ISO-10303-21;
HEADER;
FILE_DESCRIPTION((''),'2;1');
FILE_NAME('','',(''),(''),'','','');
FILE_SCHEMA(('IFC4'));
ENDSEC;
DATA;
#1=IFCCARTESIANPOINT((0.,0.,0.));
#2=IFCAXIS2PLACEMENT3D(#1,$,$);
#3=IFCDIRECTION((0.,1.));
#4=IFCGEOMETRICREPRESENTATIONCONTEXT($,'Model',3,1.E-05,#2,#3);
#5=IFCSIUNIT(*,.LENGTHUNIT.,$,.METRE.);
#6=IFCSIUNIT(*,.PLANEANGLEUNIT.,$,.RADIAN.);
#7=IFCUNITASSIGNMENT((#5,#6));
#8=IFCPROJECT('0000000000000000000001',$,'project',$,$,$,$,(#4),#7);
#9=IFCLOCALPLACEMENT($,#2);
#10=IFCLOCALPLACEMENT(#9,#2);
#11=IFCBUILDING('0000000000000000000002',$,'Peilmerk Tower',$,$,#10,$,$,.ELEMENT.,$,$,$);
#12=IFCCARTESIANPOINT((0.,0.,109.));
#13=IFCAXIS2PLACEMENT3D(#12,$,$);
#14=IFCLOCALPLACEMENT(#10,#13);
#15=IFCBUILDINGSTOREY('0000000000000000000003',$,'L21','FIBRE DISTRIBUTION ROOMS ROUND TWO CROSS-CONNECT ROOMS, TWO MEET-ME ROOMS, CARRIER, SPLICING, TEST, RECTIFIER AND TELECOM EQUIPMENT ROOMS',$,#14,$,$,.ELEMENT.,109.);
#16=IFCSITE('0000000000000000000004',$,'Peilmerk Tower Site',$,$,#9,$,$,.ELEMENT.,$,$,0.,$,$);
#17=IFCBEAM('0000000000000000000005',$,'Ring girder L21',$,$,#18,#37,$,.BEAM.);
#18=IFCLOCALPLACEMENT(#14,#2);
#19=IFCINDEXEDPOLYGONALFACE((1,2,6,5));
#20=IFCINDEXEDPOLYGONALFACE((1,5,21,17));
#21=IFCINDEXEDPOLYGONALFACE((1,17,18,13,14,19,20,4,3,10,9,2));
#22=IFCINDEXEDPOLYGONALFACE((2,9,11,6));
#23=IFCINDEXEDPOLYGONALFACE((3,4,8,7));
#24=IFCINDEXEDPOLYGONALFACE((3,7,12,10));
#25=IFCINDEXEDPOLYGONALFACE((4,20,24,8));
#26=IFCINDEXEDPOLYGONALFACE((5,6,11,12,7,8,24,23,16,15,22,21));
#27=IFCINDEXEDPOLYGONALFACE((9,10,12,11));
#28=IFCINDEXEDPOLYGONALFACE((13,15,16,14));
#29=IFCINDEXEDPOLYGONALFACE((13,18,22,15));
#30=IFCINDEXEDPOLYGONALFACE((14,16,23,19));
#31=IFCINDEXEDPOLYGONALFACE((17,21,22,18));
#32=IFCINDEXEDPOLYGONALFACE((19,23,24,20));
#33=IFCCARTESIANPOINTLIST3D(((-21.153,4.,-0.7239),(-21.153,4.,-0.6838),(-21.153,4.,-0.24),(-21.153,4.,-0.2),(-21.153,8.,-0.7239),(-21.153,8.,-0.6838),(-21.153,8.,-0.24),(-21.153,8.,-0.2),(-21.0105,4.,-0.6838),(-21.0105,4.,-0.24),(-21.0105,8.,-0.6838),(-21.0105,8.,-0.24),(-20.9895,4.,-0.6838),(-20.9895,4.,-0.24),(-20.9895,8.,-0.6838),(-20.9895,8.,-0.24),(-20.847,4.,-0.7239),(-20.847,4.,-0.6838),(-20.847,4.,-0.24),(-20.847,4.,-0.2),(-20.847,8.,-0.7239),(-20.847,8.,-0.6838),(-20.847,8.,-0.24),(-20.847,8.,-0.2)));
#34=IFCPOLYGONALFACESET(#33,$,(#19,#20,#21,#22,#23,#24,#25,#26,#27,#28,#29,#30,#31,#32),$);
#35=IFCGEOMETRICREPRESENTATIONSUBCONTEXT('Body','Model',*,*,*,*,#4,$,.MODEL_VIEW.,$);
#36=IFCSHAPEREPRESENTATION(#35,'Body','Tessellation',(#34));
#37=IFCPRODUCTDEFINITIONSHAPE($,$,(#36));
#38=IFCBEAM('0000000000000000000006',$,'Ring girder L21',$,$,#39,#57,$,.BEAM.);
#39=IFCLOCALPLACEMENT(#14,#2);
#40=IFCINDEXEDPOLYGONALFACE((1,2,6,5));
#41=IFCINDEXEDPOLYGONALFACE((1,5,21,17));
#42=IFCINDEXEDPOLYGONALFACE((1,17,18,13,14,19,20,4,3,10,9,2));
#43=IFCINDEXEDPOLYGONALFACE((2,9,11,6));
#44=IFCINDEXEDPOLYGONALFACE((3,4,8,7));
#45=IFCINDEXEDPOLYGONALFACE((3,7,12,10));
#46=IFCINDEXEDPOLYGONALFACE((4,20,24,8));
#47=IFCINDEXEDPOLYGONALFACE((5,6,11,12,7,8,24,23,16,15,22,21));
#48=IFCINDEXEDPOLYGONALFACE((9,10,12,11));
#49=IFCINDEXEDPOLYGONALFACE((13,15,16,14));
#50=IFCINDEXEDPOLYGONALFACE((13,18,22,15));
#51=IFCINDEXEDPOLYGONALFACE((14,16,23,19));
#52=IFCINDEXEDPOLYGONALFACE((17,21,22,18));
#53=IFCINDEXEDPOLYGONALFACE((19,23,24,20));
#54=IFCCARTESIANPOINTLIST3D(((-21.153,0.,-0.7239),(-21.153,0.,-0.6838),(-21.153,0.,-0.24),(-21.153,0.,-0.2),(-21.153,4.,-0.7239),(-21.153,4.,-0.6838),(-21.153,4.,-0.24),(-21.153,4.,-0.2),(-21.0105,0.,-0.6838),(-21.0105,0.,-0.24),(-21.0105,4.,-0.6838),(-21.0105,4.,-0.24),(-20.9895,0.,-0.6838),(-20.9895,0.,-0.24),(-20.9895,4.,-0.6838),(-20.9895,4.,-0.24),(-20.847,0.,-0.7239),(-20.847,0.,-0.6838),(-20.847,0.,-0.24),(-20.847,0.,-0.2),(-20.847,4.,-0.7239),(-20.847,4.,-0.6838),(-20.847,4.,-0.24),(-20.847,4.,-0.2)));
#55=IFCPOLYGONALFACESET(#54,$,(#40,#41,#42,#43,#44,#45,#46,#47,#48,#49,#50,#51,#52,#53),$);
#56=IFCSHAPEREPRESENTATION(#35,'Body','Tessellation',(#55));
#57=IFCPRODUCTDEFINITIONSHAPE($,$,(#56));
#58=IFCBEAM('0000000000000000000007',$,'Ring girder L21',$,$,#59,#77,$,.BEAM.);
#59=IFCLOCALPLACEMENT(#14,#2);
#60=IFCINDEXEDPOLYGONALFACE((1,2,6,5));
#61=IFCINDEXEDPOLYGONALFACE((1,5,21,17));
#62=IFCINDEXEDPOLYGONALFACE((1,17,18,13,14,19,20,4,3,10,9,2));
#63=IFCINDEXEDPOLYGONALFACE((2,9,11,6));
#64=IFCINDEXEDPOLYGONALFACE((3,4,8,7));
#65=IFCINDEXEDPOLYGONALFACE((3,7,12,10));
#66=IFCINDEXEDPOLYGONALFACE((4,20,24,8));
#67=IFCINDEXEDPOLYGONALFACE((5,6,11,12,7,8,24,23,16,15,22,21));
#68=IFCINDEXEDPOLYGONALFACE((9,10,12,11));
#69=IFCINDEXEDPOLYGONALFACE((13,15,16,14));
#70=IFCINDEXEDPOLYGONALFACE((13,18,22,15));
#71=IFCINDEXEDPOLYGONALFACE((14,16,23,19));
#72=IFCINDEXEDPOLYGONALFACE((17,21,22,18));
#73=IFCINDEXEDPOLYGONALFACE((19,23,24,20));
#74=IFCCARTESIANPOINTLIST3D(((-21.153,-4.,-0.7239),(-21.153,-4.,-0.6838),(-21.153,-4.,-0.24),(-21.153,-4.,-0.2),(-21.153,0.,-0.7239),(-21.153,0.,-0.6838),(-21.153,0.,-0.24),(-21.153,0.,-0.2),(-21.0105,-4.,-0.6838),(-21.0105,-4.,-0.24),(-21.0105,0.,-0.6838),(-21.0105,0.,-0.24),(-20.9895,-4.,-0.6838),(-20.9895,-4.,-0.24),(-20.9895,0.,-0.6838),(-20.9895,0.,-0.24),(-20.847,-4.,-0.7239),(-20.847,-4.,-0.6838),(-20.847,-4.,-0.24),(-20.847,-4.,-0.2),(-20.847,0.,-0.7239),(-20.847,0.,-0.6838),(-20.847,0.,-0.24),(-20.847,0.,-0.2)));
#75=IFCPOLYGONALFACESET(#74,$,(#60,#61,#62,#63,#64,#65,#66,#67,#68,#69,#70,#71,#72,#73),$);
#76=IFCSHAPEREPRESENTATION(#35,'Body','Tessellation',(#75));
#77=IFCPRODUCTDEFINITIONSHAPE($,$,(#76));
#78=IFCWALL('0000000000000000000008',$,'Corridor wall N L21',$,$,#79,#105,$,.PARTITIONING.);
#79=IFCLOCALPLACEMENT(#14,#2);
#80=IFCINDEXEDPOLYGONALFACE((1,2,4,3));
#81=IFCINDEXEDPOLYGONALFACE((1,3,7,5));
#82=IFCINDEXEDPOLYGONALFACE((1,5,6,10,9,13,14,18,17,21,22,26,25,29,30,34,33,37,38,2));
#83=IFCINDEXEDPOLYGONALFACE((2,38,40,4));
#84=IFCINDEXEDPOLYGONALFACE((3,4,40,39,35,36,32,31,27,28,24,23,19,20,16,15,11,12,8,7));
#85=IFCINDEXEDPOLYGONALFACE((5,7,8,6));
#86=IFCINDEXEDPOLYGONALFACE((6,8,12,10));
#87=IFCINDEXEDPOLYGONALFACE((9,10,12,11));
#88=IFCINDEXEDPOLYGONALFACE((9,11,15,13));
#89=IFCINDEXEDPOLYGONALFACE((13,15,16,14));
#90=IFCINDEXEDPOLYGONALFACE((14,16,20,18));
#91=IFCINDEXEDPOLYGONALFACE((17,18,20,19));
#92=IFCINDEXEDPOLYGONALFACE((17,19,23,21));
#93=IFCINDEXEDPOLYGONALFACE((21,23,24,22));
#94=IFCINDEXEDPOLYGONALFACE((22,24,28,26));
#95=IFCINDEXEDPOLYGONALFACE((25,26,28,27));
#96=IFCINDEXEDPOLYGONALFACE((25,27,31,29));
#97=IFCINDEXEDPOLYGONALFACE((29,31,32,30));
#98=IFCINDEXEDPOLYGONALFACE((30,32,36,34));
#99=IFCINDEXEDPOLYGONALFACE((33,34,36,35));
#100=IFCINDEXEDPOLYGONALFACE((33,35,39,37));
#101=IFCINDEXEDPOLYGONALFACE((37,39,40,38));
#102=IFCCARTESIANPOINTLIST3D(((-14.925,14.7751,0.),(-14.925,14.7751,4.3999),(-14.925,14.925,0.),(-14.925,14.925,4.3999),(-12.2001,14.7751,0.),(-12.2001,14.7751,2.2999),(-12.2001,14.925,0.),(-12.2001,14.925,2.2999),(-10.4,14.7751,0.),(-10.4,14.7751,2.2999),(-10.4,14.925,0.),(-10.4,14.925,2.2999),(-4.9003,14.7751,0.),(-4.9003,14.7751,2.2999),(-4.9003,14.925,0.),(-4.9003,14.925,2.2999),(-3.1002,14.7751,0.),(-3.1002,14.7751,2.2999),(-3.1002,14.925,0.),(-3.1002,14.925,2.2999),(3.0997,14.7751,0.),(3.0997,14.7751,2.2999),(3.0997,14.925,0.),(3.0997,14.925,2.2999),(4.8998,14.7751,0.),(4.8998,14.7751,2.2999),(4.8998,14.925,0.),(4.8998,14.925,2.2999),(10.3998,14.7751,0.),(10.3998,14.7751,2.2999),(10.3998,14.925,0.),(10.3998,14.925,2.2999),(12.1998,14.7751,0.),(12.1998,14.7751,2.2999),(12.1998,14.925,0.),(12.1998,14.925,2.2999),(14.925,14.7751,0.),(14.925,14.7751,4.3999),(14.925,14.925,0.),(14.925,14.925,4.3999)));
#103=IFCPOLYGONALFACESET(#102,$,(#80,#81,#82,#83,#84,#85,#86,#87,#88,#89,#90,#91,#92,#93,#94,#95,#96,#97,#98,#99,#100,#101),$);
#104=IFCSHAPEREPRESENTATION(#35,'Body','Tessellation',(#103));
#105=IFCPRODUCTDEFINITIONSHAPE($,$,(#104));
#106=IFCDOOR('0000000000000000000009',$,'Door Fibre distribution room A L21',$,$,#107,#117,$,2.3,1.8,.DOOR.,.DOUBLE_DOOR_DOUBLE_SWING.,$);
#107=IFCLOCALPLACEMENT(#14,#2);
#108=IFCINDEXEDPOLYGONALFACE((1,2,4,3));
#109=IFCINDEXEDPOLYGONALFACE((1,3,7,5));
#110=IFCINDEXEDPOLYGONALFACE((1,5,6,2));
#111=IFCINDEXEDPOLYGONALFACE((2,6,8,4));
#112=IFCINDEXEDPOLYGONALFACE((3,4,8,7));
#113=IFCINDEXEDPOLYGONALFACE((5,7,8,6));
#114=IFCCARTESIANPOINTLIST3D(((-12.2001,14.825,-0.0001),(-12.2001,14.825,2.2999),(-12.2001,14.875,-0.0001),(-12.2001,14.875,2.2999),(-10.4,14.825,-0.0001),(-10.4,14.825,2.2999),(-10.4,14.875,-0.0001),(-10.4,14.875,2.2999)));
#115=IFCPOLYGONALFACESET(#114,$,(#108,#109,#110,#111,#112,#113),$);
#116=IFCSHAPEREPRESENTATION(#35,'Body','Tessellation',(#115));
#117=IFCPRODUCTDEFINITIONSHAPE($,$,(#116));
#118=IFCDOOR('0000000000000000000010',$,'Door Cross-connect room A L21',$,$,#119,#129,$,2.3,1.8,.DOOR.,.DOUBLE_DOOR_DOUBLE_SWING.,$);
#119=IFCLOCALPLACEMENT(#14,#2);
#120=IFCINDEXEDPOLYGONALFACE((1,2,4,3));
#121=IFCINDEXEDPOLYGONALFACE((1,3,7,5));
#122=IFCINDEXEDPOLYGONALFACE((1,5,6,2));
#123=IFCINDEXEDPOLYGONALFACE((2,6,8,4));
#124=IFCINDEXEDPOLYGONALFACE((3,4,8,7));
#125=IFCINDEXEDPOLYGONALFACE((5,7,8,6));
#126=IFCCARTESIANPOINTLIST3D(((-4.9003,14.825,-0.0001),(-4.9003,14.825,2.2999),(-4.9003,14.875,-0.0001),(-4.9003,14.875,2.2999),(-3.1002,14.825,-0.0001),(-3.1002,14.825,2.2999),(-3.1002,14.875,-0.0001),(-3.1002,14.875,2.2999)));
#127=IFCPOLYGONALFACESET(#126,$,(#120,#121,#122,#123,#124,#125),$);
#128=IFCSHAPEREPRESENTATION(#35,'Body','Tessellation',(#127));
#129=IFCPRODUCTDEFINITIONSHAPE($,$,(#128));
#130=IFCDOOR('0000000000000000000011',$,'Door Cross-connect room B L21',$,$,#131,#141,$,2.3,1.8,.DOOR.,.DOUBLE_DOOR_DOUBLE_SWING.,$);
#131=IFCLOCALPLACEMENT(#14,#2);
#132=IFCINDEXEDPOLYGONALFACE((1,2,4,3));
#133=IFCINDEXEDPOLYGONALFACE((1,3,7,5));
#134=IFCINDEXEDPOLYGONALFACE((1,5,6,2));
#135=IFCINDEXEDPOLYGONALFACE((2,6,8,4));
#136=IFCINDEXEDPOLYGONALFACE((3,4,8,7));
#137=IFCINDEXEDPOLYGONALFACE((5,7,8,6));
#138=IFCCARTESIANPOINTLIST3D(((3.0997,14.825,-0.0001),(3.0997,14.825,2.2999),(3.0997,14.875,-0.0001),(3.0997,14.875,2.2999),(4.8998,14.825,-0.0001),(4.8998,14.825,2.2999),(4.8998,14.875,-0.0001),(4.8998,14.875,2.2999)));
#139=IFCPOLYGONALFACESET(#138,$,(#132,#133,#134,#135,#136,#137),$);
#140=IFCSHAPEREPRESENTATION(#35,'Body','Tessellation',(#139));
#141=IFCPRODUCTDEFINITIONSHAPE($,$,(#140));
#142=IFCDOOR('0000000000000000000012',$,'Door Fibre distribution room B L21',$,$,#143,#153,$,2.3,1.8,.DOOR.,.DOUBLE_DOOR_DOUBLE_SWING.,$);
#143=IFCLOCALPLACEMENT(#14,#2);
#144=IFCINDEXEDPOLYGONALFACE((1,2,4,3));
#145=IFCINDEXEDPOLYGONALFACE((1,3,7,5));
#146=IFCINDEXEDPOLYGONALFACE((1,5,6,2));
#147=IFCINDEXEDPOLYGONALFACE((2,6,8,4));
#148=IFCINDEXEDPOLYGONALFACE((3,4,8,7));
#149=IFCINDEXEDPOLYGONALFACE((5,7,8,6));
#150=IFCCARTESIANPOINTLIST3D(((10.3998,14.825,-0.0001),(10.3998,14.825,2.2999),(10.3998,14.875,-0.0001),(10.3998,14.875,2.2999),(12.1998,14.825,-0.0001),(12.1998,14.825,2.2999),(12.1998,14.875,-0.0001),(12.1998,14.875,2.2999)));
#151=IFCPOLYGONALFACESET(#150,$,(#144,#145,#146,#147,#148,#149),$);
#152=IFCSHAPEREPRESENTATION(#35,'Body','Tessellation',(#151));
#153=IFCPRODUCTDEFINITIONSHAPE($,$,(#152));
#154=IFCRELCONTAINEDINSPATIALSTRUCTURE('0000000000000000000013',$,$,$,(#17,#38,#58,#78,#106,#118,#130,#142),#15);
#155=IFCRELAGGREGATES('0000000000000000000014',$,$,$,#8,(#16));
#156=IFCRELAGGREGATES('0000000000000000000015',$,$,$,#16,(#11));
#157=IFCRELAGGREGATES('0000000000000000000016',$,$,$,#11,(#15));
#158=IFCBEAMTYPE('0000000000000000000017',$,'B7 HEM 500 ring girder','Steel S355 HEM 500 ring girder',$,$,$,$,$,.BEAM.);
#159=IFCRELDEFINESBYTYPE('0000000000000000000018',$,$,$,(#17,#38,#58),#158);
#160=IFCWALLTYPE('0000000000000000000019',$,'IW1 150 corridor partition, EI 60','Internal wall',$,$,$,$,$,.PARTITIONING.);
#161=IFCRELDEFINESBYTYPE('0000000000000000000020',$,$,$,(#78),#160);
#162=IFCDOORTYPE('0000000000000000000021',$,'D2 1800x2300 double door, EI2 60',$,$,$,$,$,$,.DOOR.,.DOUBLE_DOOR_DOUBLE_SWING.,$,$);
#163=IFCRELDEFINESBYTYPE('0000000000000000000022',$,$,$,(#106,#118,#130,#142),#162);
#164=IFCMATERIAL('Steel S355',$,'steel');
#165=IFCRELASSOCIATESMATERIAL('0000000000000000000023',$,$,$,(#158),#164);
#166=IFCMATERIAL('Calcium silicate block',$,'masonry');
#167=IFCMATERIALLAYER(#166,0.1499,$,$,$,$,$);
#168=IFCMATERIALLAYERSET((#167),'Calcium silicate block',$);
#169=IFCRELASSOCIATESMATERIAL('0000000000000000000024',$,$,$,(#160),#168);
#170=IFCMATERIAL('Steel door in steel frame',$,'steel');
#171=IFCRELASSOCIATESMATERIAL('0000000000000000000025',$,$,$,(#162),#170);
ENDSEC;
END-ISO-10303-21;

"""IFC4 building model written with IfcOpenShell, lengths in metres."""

from ifc_helpers import new_model, si_unit, direction, frame, frame_2d, origin, origin_2d, place, context, subcontext, project, spatial, rectangle, i_section, extrude, material, layer, layer_set, material_profile, profile_set, type_object, element, fill, save


model = new_model("IFC4")

# Units and contexts
model_context = context("Model", 3, precision=1e-05, world=origin(), true_north=direction((0.0, 1.0)))
body_context = subcontext(model_context, "Body", "Model", "MODEL_VIEW")
ifc_project = project(units=[si_unit("LENGTHUNIT", "METRE"), si_unit("PLANEANGLEUNIT", "RADIAN")], contexts=[model_context])

# Site, building, storey
site_placement = place(None, origin())
site = spatial("IfcSite", under=ifc_project, at=site_placement, Name="Peilmerk Tower Site", CompositionType="ELEMENT", RefElevation=0.0)
building_placement = place(site_placement, origin())
building = spatial("IfcBuilding", under=site, at=building_placement, Name="Peilmerk Tower", CompositionType="ELEMENT")
storey_placement = place(building_placement, frame((0.0, 0.0, 109.0)))
storey = spatial("IfcBuildingStorey", under=building, at=storey_placement, Name="L21", Description="FIBRE DISTRIBUTION ROOMS ROUND TWO CROSS-CONNECT ROOMS, TWO MEET-ME ROOMS, CARRIER, SPLICING, TEST, RECTIFIER AND TELECOM EQUIPMENT ROOMS", CompositionType="ELEMENT", Elevation=109.0)

# Beams
ifc_material_1 = material(Name="Steel S355", Category="steel")
ifc_material_profile_1 = material_profile(ifc_material_1, i_section(OverallWidth=0.3059, OverallDepth=0.5239, WebThickness=0.021, FlangeThickness=0.04, at=origin_2d()), Name="HEM 500")
ifc_profile_set_1 = profile_set([ifc_material_profile_1], Name="Steel S355")
beam_type_1 = type_object("IfcBeamType", Name="B7 HEM 500 ring girder", Description="Steel S355 HEM 500 ring girder", PredefinedType="BEAM", material=ifc_profile_set_1)
for number, where, z_axis, x_axis, name in (
    (1, (-21.0, 8.0, -0.4619), (0.0, -1.0, 0.0), (1.0, 0.0, 0.0), "Ring girder L21"),
    (2, (-21.0, 4.0, -0.4619), (0.0, -1.0, 0.0), (1.0, 0.0, 0.0), "Ring girder L21"),
    (3, (-21.0, 0.0, -0.4619), (0.0, -1.0, 0.0), (1.0, 0.0, 0.0), "Ring girder L21"),
):
    element("IfcBeam", number, at=place(storey_placement, frame(where, z_axis=z_axis, x_axis=x_axis)), inside=storey, type_object=beam_type_1, Name=name, PredefinedType="BEAM", context=body_context, shape_type="SweptSolid", body=[
        extrude(i_section(OverallWidth=0.3059, OverallDepth=0.5239, WebThickness=0.021, FlangeThickness=0.04, at=origin_2d()), origin(), (0.0, 0.0, 1.0), 4.0),
    ])

# Wall, openings, doors
ifc_material_2 = material(Name="Calcium silicate block", Category="masonry")
ifc_layer_1 = layer(ifc_material_2, 0.1499)
ifc_layer_set_1 = layer_set([ifc_layer_1], Name="Calcium silicate block")
wall_type_1 = type_object("IfcWallType", Name="IW1 150 corridor partition, EI 60", Description="Internal wall", PredefinedType="PARTITIONING", material=ifc_layer_set_1)
wall_1_placement = place(storey_placement, frame((-14.925, 14.8501, 0.0), z_axis=(0.0, 0.0, 1.0), x_axis=(1.0, 0.0, 0.0)))
wall_1 = element("IfcWall", 4, at=wall_1_placement, inside=storey, type_object=wall_type_1, Name="Corridor wall N L21", PredefinedType="PARTITIONING", context=body_context, shape_type="SweptSolid", body=[
    extrude(rectangle(XDim=29.8501, YDim=0.1499, at=frame_2d((14.925, 0.0))), origin(), (0.0, 0.0, 1.0), 4.3999),
])
opening_1_placement = place(wall_1_placement, frame((2.7251, 0.0, 0.0)))
opening_1 = element("IfcOpeningElement", 5, at=opening_1_placement, cuts=wall_1, PredefinedType="OPENING", context=body_context, shape_type="SweptSolid", body=[
    extrude(rectangle(XDim=1.8, YDim=2.3, at=frame_2d((0.8999, 1.1499))), frame((0.0, 0.085, 0.0), z_axis=(0.0, -1.0, 0.0), x_axis=(1.0, 0.0, 0.0)), (0.0, 0.0, 1.0), 0.1699),
])
opening_2_placement = place(wall_1_placement, frame((10.0249, 0.0, 0.0)))
opening_2 = element("IfcOpeningElement", 6, at=opening_2_placement, cuts=wall_1, PredefinedType="OPENING", context=body_context, shape_type="SweptSolid", body=[
    extrude(rectangle(XDim=1.8, YDim=2.3, at=frame_2d((0.8999, 1.1499))), frame((0.0, 0.085, 0.0), z_axis=(0.0, -1.0, 0.0), x_axis=(1.0, 0.0, 0.0)), (0.0, 0.0, 1.0), 0.1699),
])
opening_3_placement = place(wall_1_placement, frame((18.0249, 0.0, 0.0)))
opening_3 = element("IfcOpeningElement", 7, at=opening_3_placement, cuts=wall_1, PredefinedType="OPENING", context=body_context, shape_type="SweptSolid", body=[
    extrude(rectangle(XDim=1.8, YDim=2.3, at=frame_2d((0.8999, 1.1499))), frame((0.0, 0.085, 0.0), z_axis=(0.0, -1.0, 0.0), x_axis=(1.0, 0.0, 0.0)), (0.0, 0.0, 1.0), 0.1699),
])
opening_4_placement = place(wall_1_placement, frame((25.325, 0.0, 0.0)))
opening_4 = element("IfcOpeningElement", 8, at=opening_4_placement, cuts=wall_1, PredefinedType="OPENING", context=body_context, shape_type="SweptSolid", body=[
    extrude(rectangle(XDim=1.8, YDim=2.3, at=frame_2d((0.8999, 1.1499))), frame((0.0, 0.085, 0.0), z_axis=(0.0, -1.0, 0.0), x_axis=(1.0, 0.0, 0.0)), (0.0, 0.0, 1.0), 0.1699),
])
ifc_material_3 = material(Name="Steel door in steel frame", Category="steel")
door_type = type_object("IfcDoorType", Name="D2 1800x2300 double door, EI2 60", OperationType="DOUBLE_DOOR_DOUBLE_SWING", PredefinedType="DOOR", material=ifc_material_3)
door_1_placement = place(opening_1_placement, origin())
door_1 = element("IfcDoor", 9, at=door_1_placement, inside=storey, type_object=door_type, Name="Door Fibre distribution room A L21", OperationType="DOUBLE_DOOR_DOUBLE_SWING", OverallHeight=2.3, OverallWidth=1.8, PredefinedType="DOOR", context=body_context, shape_type="SweptSolid", body=[
    extrude(rectangle(XDim=1.8, YDim=2.3, at=frame_2d((0.8999, 1.1499))), frame((0.0, 0.0249, 0.0), z_axis=(0.0, -1.0, 0.0), x_axis=(1.0, 0.0, 0.0)), (0.0, 0.0, 1.0), 0.05),
])
fill(opening_1, door_1)
door_2_placement = place(opening_2_placement, origin())
door_2 = element("IfcDoor", 10, at=door_2_placement, inside=storey, type_object=door_type, Name="Door Cross-connect room A L21", OperationType="DOUBLE_DOOR_DOUBLE_SWING", OverallHeight=2.3, OverallWidth=1.8, PredefinedType="DOOR", context=body_context, shape_type="SweptSolid", body=[
    extrude(rectangle(XDim=1.8, YDim=2.3, at=frame_2d((0.8999, 1.1499))), frame((0.0, 0.0249, 0.0), z_axis=(0.0, -1.0, 0.0), x_axis=(1.0, 0.0, 0.0)), (0.0, 0.0, 1.0), 0.05),
])
fill(opening_2, door_2)
door_3_placement = place(opening_3_placement, origin())
door_3 = element("IfcDoor", 11, at=door_3_placement, inside=storey, type_object=door_type, Name="Door Cross-connect room B L21", OperationType="DOUBLE_DOOR_DOUBLE_SWING", OverallHeight=2.3, OverallWidth=1.8, PredefinedType="DOOR", context=body_context, shape_type="SweptSolid", body=[
    extrude(rectangle(XDim=1.8, YDim=2.3, at=frame_2d((0.8999, 1.1499))), frame((0.0, 0.0249, 0.0), z_axis=(0.0, -1.0, 0.0), x_axis=(1.0, 0.0, 0.0)), (0.0, 0.0, 1.0), 0.05),
])
fill(opening_3, door_3)
door_4_placement = place(opening_4_placement, origin())
door_4 = element("IfcDoor", 12, at=door_4_placement, inside=storey, type_object=door_type, Name="Door Fibre distribution room B L21", OperationType="DOUBLE_DOOR_DOUBLE_SWING", OverallHeight=2.3, OverallWidth=1.8, PredefinedType="DOOR", context=body_context, shape_type="SweptSolid", body=[
    extrude(rectangle(XDim=1.8, YDim=2.3, at=frame_2d((0.8999, 1.1499))), frame((0.0, 0.0249, 0.0), z_axis=(0.0, -1.0, 0.0), x_axis=(1.0, 0.0, 0.0)), (0.0, 0.0, 1.0), 0.05),
])
fill(opening_4, door_4)

save(model, "model.ifc")
